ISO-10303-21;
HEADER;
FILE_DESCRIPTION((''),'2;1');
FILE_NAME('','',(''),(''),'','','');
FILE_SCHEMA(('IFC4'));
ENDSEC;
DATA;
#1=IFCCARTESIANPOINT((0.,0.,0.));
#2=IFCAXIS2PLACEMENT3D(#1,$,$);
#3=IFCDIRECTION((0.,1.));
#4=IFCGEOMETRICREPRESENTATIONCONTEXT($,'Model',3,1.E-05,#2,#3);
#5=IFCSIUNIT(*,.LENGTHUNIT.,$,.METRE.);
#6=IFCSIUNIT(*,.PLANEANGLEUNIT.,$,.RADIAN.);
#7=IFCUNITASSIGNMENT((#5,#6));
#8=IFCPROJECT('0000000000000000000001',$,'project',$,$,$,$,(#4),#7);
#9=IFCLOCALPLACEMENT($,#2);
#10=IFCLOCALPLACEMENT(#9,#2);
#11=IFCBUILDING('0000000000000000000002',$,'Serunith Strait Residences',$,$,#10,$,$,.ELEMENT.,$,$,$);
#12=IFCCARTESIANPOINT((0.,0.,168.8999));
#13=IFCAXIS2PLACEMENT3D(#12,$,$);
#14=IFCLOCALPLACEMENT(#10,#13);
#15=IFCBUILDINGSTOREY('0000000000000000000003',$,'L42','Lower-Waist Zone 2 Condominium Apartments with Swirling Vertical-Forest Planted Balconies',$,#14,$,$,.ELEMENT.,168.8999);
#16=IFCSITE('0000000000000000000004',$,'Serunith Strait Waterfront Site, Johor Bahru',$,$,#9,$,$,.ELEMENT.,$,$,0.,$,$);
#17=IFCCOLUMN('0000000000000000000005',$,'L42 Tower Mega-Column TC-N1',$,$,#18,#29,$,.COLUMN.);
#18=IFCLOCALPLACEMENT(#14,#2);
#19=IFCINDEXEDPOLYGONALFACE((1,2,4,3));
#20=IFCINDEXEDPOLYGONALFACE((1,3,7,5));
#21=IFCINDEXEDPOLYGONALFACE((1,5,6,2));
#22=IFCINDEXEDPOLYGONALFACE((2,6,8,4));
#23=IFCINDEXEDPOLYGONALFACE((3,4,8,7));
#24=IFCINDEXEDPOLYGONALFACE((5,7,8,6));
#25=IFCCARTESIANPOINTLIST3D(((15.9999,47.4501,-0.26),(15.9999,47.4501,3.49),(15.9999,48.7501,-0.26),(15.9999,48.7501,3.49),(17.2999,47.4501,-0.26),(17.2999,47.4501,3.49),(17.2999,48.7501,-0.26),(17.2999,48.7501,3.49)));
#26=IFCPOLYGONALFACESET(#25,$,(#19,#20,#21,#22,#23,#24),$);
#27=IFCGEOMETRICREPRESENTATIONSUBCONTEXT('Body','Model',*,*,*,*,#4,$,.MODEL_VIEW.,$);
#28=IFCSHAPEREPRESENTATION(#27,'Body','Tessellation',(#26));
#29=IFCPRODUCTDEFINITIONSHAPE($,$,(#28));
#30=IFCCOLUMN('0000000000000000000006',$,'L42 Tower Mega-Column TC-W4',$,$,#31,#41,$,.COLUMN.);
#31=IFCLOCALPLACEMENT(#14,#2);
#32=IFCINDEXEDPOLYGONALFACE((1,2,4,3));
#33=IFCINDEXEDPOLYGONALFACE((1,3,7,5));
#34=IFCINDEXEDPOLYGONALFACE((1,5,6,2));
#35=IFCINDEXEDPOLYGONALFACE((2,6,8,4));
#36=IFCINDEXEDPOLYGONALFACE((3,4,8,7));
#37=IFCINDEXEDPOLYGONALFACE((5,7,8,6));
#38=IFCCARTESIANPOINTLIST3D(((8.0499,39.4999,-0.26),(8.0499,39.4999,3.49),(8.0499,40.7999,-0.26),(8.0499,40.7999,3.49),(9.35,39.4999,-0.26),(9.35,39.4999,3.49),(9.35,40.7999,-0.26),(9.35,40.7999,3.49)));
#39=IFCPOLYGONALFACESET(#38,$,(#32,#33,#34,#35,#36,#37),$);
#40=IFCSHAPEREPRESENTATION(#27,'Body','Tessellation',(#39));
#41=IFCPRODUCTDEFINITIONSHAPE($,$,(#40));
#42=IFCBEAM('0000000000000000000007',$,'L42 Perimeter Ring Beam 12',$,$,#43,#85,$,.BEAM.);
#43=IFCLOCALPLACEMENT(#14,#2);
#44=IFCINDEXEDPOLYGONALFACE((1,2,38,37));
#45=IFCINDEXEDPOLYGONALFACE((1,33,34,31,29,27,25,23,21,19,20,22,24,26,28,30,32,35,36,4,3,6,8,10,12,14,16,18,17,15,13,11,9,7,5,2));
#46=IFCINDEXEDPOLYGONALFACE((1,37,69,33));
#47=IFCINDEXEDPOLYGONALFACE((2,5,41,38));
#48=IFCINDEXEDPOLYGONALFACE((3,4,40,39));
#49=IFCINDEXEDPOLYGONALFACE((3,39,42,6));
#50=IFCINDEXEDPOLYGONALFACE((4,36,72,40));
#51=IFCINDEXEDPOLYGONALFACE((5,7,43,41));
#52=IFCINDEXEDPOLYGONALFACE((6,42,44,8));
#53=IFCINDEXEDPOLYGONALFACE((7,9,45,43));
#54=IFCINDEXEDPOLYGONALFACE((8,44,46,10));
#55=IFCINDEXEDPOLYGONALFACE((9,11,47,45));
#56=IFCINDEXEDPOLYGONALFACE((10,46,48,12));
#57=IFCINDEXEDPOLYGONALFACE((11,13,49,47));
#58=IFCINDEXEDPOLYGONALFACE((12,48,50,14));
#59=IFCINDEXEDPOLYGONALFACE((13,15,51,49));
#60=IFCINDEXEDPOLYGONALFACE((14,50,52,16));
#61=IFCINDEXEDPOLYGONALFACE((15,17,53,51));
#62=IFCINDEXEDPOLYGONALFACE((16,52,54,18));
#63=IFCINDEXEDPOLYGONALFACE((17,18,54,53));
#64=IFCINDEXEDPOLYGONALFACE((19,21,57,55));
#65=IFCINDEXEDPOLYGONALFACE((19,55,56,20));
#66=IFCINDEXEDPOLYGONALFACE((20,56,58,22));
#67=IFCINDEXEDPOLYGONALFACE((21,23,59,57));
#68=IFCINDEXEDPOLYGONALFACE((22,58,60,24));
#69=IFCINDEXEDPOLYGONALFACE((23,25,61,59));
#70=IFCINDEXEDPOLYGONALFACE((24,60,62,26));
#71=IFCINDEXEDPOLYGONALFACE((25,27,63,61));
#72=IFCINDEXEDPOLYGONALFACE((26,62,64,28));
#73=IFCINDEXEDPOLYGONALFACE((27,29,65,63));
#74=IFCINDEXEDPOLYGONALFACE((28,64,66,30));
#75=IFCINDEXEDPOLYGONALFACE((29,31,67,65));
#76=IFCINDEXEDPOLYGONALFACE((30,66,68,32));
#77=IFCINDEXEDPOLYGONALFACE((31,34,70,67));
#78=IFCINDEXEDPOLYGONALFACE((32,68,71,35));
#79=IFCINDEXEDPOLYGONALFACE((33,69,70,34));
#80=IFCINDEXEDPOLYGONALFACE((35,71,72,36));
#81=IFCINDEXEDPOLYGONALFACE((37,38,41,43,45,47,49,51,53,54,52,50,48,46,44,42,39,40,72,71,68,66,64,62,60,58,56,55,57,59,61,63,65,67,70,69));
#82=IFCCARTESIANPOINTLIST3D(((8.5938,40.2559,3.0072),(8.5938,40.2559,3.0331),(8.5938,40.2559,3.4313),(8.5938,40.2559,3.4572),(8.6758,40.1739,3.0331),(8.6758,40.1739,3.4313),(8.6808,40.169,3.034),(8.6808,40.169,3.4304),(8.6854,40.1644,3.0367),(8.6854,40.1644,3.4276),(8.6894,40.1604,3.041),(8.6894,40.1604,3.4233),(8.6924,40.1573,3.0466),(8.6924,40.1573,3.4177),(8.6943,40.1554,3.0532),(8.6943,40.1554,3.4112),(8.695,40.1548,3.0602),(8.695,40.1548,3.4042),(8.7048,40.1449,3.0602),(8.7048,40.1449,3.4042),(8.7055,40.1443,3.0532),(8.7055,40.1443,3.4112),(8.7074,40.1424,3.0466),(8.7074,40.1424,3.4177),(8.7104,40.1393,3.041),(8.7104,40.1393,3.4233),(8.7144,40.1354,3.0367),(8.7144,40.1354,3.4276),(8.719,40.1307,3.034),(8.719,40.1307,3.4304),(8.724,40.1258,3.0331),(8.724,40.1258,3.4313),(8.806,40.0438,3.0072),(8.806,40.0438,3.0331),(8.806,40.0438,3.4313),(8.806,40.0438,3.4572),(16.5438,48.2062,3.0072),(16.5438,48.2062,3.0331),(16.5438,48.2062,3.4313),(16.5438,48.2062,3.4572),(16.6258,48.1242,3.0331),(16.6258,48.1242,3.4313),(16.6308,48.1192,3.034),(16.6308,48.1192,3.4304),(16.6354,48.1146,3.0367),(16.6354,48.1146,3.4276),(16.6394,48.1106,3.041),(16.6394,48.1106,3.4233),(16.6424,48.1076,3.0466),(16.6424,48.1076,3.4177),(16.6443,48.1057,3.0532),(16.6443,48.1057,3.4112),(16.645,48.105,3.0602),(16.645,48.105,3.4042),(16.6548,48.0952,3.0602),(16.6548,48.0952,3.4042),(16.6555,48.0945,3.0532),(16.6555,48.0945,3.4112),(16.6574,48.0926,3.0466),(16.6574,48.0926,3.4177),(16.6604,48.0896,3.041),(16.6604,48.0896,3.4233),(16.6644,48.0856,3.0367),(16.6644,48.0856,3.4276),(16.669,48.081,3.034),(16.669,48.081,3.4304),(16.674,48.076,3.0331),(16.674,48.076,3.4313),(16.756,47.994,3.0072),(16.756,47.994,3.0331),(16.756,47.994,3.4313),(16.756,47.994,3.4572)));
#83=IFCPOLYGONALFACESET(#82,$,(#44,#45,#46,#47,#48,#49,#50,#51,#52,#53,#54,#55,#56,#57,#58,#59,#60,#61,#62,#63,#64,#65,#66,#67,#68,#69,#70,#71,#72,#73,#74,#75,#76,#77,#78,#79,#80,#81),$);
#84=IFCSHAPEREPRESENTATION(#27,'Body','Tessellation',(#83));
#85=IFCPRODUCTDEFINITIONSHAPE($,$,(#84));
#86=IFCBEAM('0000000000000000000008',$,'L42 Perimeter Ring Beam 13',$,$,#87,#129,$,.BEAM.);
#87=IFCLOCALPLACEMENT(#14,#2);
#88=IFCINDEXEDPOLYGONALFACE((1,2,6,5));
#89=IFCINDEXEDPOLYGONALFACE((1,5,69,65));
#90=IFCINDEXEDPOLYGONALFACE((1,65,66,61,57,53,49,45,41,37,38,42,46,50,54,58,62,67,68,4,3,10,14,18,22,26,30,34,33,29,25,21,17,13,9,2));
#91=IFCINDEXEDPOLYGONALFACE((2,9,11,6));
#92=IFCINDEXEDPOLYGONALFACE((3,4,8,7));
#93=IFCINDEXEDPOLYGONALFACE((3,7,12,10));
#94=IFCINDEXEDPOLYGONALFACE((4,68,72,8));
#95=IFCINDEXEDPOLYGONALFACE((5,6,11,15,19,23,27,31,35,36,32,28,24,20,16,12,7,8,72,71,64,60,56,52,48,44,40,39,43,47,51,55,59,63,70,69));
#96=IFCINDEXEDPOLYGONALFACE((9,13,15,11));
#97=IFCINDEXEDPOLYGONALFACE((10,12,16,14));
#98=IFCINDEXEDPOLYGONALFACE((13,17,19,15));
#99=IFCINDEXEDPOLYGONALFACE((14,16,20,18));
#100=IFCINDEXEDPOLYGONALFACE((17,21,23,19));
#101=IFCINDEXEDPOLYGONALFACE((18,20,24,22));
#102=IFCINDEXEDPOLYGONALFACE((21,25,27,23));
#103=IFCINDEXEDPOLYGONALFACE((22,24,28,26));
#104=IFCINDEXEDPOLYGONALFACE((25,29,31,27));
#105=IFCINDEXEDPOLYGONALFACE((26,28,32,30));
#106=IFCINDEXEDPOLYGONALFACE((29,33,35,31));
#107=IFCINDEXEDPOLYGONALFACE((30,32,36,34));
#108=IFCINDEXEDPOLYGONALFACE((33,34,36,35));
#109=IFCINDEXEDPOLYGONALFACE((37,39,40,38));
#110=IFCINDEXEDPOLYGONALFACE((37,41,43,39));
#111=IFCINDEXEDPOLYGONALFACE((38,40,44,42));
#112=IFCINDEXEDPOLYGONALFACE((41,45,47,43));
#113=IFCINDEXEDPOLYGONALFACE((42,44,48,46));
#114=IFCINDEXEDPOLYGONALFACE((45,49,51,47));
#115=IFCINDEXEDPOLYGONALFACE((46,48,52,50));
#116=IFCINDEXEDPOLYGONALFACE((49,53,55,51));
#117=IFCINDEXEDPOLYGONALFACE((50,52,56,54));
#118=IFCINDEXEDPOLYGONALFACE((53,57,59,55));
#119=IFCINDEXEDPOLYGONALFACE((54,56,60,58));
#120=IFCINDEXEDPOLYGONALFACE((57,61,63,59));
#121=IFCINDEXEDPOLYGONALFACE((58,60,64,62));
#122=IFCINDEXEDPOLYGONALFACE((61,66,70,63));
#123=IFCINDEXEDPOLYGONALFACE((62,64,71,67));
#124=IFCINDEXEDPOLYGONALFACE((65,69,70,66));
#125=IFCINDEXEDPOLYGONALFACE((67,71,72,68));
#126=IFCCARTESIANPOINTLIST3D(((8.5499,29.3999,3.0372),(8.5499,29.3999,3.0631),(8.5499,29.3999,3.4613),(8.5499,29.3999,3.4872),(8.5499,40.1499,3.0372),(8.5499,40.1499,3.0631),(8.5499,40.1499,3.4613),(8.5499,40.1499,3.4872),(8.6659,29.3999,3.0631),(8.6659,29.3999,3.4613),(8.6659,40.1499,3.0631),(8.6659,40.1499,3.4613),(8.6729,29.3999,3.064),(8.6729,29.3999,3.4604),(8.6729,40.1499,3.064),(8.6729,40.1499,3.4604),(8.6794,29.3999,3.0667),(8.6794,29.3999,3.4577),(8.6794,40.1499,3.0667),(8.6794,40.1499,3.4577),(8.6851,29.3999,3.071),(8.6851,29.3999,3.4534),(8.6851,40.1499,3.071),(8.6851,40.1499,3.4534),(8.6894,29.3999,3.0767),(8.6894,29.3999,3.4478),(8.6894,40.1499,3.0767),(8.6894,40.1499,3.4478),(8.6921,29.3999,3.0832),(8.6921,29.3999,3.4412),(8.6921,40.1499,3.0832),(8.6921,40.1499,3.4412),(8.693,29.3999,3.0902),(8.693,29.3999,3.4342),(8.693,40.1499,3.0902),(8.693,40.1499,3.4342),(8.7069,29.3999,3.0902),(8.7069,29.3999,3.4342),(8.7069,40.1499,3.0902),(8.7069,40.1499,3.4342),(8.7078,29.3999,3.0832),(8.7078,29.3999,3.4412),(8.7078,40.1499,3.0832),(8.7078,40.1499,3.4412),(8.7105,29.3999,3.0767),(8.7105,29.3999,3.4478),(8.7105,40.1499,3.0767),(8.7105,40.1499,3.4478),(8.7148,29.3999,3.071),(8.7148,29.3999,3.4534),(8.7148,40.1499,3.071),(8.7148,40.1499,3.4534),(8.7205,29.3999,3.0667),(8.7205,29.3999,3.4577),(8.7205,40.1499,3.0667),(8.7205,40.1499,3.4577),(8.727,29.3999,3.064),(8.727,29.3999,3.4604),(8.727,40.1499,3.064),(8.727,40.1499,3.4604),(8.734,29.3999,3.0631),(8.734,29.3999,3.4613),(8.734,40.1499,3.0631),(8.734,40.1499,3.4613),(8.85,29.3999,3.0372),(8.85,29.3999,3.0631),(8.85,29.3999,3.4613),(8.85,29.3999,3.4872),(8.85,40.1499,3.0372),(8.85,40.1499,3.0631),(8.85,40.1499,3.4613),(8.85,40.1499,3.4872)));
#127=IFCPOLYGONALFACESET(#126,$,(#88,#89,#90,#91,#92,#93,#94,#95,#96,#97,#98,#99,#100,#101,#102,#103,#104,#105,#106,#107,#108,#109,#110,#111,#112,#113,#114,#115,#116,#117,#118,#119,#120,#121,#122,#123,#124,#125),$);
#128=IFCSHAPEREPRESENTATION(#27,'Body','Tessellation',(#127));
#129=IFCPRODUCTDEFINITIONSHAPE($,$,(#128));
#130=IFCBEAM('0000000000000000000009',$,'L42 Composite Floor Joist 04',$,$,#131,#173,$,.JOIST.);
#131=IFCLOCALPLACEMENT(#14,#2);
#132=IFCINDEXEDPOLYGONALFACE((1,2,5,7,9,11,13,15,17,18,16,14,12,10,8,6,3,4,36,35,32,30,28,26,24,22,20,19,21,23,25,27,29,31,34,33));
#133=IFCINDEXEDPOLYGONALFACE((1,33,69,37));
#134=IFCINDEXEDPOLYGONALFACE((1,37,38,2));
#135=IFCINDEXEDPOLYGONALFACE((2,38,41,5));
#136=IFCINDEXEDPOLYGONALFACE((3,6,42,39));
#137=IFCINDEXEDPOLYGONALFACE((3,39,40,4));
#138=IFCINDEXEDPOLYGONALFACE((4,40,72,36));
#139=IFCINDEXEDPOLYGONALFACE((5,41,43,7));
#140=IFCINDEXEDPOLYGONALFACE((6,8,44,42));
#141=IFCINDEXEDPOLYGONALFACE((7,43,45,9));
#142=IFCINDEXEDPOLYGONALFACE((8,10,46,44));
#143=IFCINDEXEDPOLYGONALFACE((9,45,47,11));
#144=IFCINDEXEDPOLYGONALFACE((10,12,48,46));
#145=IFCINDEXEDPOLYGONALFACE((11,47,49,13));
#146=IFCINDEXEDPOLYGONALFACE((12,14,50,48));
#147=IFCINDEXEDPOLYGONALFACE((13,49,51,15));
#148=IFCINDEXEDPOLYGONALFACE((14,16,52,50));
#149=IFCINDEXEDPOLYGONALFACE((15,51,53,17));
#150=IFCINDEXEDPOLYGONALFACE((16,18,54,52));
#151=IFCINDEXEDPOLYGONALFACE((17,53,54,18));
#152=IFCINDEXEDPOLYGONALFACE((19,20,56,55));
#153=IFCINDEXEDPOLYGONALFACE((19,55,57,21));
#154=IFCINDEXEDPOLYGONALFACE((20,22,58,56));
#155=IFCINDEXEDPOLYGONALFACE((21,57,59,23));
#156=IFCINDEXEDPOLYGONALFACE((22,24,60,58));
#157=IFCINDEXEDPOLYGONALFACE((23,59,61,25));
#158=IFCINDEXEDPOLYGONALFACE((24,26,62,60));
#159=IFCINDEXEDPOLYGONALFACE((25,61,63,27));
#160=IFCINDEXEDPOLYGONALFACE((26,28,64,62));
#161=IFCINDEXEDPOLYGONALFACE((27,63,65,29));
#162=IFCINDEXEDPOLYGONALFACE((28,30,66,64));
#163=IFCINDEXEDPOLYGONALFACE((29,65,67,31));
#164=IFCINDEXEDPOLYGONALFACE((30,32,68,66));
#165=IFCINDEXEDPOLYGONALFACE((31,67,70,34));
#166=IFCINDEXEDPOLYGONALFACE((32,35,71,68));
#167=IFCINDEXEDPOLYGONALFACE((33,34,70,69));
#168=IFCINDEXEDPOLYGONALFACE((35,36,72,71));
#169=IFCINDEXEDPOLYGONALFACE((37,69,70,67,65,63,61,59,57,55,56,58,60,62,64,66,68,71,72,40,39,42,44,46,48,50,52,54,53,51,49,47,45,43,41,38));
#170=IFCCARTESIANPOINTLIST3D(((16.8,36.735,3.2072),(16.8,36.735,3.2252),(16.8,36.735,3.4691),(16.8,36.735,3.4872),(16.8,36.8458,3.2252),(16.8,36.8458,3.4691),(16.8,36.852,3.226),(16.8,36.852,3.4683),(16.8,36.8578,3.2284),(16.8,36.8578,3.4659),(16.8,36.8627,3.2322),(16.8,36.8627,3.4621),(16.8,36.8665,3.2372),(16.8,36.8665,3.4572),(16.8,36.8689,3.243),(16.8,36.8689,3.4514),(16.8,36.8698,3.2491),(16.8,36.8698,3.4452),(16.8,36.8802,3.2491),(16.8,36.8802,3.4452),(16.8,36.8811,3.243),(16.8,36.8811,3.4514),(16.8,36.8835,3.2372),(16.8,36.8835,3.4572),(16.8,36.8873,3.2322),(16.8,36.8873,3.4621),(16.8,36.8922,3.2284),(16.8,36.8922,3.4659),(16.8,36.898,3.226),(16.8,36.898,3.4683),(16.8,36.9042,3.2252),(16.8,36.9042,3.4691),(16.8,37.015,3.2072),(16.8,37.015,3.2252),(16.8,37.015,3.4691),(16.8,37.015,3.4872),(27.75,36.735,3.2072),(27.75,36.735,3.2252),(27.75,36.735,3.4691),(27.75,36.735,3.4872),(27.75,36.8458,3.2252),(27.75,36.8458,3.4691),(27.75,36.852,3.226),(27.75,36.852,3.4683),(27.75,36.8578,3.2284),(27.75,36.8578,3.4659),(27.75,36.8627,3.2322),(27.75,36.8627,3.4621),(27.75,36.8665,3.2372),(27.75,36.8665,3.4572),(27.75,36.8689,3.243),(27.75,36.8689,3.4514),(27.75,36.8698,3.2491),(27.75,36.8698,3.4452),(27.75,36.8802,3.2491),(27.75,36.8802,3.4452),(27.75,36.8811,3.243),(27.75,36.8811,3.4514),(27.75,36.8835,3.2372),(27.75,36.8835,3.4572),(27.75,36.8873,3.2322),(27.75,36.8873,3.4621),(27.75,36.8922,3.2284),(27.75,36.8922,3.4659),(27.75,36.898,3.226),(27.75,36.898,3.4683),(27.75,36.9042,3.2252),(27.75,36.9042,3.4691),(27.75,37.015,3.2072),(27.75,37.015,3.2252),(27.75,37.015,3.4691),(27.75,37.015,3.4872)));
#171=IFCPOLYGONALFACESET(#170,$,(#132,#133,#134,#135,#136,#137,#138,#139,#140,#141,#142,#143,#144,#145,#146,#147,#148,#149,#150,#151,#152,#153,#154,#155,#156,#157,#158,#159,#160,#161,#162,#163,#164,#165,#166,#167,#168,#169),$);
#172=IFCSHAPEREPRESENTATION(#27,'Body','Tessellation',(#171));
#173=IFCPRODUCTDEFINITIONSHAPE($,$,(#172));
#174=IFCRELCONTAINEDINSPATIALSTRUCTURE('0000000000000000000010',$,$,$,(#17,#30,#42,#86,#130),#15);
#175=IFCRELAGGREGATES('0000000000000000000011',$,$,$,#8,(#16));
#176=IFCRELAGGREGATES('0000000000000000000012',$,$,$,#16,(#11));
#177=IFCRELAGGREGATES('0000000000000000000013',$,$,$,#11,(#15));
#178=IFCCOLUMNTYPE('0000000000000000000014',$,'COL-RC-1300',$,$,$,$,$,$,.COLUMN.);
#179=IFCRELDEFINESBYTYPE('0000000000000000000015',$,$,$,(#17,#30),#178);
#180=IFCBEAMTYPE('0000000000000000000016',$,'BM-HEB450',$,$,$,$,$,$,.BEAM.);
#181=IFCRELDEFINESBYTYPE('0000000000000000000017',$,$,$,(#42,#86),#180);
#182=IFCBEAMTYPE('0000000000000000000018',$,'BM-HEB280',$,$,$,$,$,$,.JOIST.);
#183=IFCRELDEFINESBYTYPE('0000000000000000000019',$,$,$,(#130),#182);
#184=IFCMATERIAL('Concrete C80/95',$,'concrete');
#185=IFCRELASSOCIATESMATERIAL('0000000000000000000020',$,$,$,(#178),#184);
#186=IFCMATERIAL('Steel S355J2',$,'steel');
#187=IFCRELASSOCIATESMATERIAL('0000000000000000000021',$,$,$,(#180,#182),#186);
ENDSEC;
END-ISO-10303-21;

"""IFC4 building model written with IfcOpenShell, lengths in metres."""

from ifc_helpers import new_model, si_unit, direction, frame, origin, origin_2d, place, context, subcontext, project, spatial, rectangle, i_section, extrude, source, transform, mapped, material, material_profile, profile_set, type_object, element, save


model = new_model("IFC4")

# Units and contexts
model_context = context("Model", 3, precision=1e-05, world=origin(), true_north=direction((0.0, 1.0)))
body_context = subcontext(model_context, "Body", "Model", "MODEL_VIEW")
ifc_project = project(units=[si_unit("LENGTHUNIT", "METRE"), si_unit("PLANEANGLEUNIT", "RADIAN")], contexts=[model_context])

# Site, building, storey
site_placement = place(None, origin())
site = spatial("IfcSite", under=ifc_project, at=site_placement, Name="Serunith Strait Waterfront Site, Johor Bahru", CompositionType="ELEMENT", RefElevation=0.0)
building_placement = place(site_placement, origin())
building = spatial("IfcBuilding", under=site, at=building_placement, Name="Serunith Strait Residences", CompositionType="ELEMENT")
storey_placement = place(building_placement, frame((0.0, 0.0, 168.8999)))
storey = spatial("IfcBuildingStorey", under=building, at=storey_placement, Name="L42", Description="Lower-Waist Zone 2 Condominium Apartments with Swirling Vertical-Forest Planted Balconies", CompositionType="ELEMENT", Elevation=168.8999)

# Columns
ifc_material_1 = material(Name="Concrete C80/95", Category="concrete")
ifc_material_profile_1 = material_profile(ifc_material_1, rectangle(XDim=1.3, YDim=1.3, at=origin_2d()), Name="RC 1300x1300")
ifc_profile_set_1 = profile_set([ifc_material_profile_1], Name="Concrete C80/95")
column_type = type_object("IfcColumnType", Name="COL-RC-1300", PredefinedType="COLUMN", material=ifc_profile_set_1)
shared_shape_1 = source(origin(), body_context, "Body", "SweptSolid", [
    extrude(rectangle(XDim=1.3, YDim=1.3, at=origin_2d()), origin(), (0.0, 0.0, 1.0), 3.75),
])
for number, where, z_axis, x_axis, name in (
    (1, (16.6499, 48.1001, -0.26), (0.0, 0.0, 1.0), (1.0, 0.0, 0.0), "L42 Tower Mega-Column TC-N1"),
    (2, (8.7, 40.1499, -0.26), (0.0, 0.0, 1.0), (1.0, 0.0, 0.0), "L42 Tower Mega-Column TC-W4"),
):
    element("IfcColumn", number, at=place(storey_placement, frame(where, z_axis=z_axis, x_axis=x_axis)), inside=storey, type_object=column_type, Name=name, PredefinedType="COLUMN", context=body_context, shape_type="MappedRepresentation", body=[
        mapped(shared_shape_1, transform((0.0, 0.0, 0.0), scale=1.0)),
    ])

# Beams
ifc_material_2 = material(Name="Steel S355J2", Category="steel")
ifc_material_profile_2 = material_profile(ifc_material_2, i_section(OverallWidth=0.3, OverallDepth=0.45, WebThickness=0.0139, FlangeThickness=0.0259, FilletRadius=0.0271, at=origin_2d()), Name="HEB 450")
ifc_profile_set_2 = profile_set([ifc_material_profile_2], Name="Steel S355J2")
beam_type_1 = type_object("IfcBeamType", Name="BM-HEB450", PredefinedType="BEAM", material=ifc_profile_set_2)
shared_shape_2 = source(origin(), body_context, "Body", "SweptSolid", [
    extrude(i_section(OverallWidth=0.3, OverallDepth=0.45, WebThickness=0.0139, FlangeThickness=0.0259, FilletRadius=0.0271, at=origin_2d()), origin(), (0.0, 0.0, 1.0), 11.2432),
])
beam_1_placement = place(storey_placement, frame((16.6499, 48.1001, 3.2322), z_axis=(-0.707096, -0.707118, 0.0), x_axis=(0.707118, -0.707096, 0.0)))
element("IfcBeam", 3, at=beam_1_placement, inside=storey, type_object=beam_type_1, Name="L42 Perimeter Ring Beam 12", PredefinedType="BEAM", context=body_context, shape_type="MappedRepresentation", body=[
    mapped(shared_shape_2, transform((0.0, 0.0, 0.0), scale=1.0)),
])
shared_shape_3 = source(origin(), body_context, "Body", "SweptSolid", [
    extrude(i_section(OverallWidth=0.3, OverallDepth=0.45, WebThickness=0.0139, FlangeThickness=0.0259, FilletRadius=0.0271, at=origin_2d()), origin(), (0.0, 0.0, 1.0), 10.75),
])
beam_2_placement = place(storey_placement, frame((8.7, 40.1499, 3.2622), z_axis=(0.0, -1.0, 0.0), x_axis=(1.0, 0.0, 0.0)))
element("IfcBeam", 4, at=beam_2_placement, inside=storey, type_object=beam_type_1, Name="L42 Perimeter Ring Beam 13", PredefinedType="BEAM", context=body_context, shape_type="MappedRepresentation", body=[
    mapped(shared_shape_3, transform((0.0, 0.0, 0.0), scale=1.0)),
])
ifc_material_profile_3 = material_profile(ifc_material_2, i_section(OverallWidth=0.28, OverallDepth=0.28, WebThickness=0.0105, FlangeThickness=0.0181, FilletRadius=0.0239, at=origin_2d()), Name="HEB 280")
ifc_profile_set_3 = profile_set([ifc_material_profile_3], Name="Steel S355J2")
beam_type_2 = type_object("IfcBeamType", Name="BM-HEB280", PredefinedType="JOIST", material=ifc_profile_set_3)
shared_shape_4 = source(origin(), body_context, "Body", "SweptSolid", [
    extrude(i_section(OverallWidth=0.28, OverallDepth=0.28, WebThickness=0.0105, FlangeThickness=0.0181, FilletRadius=0.0239, at=origin_2d()), origin(), (0.0, 0.0, 1.0), 10.95),
])
beam_3_placement = place(storey_placement, frame((16.8, 36.875, 3.3472), z_axis=(1.0, 0.0, 0.0), x_axis=(0.0, 1.0, 0.0)))
element("IfcBeam", 5, at=beam_3_placement, inside=storey, type_object=beam_type_2, Name="L42 Composite Floor Joist 04", PredefinedType="JOIST", context=body_context, shape_type="MappedRepresentation", body=[
    mapped(shared_shape_4, transform((0.0, 0.0, 0.0), scale=1.0)),
])

save(model, "model.ifc")
